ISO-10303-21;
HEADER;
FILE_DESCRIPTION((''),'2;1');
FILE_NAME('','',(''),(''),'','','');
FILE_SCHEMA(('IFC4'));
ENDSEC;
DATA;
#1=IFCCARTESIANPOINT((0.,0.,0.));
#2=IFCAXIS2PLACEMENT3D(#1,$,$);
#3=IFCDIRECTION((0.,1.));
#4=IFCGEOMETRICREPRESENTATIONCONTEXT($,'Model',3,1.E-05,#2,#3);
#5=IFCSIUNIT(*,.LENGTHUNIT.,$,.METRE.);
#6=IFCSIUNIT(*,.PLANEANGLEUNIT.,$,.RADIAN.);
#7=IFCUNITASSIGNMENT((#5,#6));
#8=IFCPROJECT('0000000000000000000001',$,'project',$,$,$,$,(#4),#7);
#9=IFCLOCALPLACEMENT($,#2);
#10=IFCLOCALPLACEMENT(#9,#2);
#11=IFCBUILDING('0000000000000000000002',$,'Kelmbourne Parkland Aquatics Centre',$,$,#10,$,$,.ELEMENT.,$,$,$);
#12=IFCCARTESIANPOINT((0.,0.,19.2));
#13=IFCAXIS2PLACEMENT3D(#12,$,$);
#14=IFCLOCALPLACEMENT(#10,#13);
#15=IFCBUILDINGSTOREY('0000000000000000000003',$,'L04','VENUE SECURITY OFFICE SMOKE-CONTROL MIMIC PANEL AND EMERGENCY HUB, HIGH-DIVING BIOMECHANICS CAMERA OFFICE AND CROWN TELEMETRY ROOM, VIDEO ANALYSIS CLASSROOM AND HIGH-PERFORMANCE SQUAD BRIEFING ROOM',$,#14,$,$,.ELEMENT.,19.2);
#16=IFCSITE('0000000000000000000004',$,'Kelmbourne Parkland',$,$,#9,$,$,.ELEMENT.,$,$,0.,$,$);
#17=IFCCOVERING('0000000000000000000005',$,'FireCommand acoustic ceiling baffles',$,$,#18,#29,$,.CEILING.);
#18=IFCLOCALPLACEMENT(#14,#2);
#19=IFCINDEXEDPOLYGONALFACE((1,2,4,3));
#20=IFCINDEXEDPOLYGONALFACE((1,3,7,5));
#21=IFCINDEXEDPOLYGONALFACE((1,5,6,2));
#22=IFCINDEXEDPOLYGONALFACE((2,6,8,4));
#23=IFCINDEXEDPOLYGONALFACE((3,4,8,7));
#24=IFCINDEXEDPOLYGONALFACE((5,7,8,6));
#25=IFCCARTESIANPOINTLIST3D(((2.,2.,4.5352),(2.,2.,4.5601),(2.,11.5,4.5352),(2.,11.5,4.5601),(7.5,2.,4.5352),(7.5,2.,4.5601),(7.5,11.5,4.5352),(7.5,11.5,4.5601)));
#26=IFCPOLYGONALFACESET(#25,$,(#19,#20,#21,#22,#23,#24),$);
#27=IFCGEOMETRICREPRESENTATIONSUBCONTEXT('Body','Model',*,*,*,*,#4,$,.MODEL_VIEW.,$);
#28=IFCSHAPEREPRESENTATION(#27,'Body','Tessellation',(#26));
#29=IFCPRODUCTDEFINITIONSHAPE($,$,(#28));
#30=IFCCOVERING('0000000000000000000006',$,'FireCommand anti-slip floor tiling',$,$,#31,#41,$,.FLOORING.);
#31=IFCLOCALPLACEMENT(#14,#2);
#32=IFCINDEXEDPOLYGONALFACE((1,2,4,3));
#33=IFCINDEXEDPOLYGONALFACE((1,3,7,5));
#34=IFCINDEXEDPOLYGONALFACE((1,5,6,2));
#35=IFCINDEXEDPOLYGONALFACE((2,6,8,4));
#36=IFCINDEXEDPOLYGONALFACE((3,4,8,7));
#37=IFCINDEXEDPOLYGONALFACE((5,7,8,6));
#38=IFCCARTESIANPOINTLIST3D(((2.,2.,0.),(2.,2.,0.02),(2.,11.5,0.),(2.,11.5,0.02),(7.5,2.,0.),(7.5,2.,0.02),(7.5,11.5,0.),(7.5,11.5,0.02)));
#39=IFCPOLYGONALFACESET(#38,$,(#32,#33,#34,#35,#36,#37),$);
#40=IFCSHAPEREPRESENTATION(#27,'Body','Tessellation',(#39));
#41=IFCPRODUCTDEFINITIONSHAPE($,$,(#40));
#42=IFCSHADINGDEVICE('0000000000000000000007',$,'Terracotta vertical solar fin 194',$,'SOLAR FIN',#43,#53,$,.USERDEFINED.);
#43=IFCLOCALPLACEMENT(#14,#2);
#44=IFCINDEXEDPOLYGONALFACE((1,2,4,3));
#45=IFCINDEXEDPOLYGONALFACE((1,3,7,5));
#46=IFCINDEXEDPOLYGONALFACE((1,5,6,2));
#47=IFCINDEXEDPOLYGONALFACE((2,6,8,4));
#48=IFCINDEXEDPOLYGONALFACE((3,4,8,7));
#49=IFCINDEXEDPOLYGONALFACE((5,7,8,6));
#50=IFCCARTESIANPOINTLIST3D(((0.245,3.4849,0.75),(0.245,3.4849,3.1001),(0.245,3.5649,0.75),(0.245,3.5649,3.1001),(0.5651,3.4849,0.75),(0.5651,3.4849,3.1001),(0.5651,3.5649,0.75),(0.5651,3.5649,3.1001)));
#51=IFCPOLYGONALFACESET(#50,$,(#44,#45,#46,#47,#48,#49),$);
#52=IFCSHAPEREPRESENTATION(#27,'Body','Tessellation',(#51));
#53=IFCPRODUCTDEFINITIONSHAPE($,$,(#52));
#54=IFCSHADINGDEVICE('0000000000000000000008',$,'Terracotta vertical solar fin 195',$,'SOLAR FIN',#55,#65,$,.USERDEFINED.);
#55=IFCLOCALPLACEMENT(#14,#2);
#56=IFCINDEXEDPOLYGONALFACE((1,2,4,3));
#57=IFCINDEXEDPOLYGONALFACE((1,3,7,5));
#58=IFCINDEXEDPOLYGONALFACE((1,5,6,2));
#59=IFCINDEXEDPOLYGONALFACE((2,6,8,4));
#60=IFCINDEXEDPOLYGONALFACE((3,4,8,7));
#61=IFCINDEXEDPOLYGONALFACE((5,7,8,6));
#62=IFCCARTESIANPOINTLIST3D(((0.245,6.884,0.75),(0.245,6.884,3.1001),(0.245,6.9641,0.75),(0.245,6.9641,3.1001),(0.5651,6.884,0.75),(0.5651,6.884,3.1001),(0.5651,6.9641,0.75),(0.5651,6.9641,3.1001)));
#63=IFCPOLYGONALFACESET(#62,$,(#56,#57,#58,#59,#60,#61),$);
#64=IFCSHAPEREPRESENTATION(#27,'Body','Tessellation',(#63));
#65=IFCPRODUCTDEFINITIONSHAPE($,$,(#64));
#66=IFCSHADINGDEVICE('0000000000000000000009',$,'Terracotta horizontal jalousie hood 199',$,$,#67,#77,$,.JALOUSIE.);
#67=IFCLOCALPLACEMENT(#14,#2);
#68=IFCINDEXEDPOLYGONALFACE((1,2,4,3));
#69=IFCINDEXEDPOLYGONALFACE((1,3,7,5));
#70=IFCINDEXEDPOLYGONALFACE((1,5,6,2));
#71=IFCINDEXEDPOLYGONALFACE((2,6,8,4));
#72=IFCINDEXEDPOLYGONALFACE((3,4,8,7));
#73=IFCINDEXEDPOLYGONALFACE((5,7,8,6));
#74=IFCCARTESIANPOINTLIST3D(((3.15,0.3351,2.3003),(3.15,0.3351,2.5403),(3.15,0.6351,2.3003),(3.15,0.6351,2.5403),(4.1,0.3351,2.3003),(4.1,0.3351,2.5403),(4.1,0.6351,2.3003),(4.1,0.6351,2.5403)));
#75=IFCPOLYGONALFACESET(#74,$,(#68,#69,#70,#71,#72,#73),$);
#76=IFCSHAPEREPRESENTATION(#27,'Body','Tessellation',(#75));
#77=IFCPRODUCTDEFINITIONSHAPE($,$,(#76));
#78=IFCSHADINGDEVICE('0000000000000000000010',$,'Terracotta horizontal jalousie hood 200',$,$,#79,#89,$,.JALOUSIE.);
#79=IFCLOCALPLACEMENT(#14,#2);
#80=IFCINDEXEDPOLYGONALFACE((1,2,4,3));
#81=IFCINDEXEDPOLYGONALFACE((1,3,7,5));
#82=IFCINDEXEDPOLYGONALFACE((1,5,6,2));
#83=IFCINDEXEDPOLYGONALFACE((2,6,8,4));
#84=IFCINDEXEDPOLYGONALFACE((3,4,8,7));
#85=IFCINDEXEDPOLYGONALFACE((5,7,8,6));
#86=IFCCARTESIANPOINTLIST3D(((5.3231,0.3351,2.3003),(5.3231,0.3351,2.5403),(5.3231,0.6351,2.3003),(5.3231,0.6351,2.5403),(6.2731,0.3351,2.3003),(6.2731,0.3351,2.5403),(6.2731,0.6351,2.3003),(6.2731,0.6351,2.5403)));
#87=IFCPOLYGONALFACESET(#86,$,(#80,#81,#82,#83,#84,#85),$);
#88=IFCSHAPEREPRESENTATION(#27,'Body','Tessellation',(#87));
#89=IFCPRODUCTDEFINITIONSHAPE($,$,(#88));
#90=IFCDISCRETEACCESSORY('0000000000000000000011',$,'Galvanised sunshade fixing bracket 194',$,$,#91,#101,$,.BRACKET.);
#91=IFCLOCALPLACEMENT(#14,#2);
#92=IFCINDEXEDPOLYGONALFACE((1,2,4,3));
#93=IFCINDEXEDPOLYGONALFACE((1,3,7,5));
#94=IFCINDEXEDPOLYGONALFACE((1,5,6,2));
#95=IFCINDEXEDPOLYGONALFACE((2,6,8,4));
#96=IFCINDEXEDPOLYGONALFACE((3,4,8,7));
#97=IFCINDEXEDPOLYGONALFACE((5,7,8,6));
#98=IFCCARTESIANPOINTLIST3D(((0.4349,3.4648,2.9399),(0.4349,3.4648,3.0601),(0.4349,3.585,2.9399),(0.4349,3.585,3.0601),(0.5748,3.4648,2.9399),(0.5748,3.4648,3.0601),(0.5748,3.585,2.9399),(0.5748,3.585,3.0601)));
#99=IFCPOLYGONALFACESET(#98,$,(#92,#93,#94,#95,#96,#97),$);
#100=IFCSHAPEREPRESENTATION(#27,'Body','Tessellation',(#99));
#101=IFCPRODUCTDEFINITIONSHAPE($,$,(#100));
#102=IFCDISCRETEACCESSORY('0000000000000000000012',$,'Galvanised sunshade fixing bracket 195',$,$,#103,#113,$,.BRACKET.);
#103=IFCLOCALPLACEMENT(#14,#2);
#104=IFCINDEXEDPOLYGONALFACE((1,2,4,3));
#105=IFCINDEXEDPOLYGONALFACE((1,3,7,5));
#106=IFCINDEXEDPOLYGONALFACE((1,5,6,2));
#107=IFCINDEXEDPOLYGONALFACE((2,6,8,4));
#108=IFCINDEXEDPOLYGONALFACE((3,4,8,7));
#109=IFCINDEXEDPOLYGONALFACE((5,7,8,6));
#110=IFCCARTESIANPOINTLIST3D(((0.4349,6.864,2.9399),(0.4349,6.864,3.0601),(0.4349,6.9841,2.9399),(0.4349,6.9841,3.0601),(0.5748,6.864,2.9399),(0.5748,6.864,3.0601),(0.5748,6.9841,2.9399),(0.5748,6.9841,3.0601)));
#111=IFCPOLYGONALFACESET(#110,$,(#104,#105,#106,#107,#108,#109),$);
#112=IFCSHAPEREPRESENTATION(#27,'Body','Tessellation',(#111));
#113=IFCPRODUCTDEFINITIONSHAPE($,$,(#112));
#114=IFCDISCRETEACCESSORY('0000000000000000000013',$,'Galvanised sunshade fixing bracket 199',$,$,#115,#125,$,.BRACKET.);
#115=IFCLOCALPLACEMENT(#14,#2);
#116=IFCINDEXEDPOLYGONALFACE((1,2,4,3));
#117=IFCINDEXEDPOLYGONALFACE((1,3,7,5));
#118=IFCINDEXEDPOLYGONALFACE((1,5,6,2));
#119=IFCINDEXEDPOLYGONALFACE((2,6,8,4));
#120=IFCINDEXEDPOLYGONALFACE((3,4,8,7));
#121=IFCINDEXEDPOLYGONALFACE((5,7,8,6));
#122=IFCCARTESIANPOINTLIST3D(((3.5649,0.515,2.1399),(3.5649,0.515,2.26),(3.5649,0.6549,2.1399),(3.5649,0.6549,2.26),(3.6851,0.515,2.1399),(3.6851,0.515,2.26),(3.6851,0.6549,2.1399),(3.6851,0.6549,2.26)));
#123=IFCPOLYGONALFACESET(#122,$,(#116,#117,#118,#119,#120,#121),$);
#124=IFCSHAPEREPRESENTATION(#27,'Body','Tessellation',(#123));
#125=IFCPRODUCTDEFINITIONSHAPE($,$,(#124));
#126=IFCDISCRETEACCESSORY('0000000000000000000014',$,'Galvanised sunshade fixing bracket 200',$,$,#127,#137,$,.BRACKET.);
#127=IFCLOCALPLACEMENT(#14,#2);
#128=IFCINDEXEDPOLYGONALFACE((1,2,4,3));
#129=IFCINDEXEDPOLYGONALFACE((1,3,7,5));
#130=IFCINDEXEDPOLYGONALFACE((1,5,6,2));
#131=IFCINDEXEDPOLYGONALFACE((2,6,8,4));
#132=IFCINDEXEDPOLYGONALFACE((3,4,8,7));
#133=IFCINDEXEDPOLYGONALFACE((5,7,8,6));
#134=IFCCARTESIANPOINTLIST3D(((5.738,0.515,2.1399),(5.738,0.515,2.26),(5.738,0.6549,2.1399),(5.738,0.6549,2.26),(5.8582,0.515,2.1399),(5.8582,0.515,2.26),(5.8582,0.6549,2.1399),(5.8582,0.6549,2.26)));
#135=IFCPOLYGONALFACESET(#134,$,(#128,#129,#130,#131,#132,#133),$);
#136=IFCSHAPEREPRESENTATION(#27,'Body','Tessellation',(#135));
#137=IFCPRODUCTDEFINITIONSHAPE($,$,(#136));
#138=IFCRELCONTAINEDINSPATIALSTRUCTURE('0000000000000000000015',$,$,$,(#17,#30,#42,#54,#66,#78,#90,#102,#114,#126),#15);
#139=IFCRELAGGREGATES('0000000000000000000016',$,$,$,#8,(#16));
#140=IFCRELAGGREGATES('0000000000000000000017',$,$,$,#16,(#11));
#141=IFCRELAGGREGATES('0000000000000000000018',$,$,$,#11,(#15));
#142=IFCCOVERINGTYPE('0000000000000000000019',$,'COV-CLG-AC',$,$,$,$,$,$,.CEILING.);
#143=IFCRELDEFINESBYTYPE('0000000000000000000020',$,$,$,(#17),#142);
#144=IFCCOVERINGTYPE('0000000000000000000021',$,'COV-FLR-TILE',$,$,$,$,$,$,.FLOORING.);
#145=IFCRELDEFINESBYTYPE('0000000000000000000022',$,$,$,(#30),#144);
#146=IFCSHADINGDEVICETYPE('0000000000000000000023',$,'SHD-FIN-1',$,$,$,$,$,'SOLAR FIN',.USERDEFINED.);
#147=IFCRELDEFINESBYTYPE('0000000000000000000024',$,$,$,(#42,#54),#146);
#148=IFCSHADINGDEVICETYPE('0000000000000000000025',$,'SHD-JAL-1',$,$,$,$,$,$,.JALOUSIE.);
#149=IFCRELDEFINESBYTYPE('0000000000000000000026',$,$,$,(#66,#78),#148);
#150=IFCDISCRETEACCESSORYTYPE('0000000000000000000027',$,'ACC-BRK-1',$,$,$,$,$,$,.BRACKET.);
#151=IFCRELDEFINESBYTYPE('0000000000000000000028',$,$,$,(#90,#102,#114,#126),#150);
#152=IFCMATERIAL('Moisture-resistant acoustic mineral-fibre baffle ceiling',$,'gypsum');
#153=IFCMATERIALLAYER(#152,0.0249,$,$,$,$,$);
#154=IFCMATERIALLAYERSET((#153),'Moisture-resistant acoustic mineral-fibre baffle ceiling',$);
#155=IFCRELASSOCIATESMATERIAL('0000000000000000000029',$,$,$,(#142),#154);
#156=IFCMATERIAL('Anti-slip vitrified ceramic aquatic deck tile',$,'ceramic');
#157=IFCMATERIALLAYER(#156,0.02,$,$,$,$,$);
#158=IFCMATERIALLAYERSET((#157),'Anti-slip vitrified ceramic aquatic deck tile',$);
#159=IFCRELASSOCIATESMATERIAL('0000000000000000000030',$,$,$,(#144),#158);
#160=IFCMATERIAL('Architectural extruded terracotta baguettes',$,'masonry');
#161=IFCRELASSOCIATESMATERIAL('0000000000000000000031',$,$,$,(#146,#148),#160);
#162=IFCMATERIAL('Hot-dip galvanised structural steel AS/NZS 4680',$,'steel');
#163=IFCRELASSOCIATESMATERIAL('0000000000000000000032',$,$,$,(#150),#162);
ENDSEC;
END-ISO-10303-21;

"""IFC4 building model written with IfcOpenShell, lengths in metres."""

from ifc_helpers import new_model, si_unit, direction, frame, origin, origin_2d, place, context, subcontext, project, spatial, polyline, rectangle, outline, extrude, material, layer, layer_set, type_object, element, save


model = new_model("IFC4")

# Units and contexts
model_context = context("Model", 3, precision=1e-05, world=origin(), true_north=direction((0.0, 1.0)))
body_context = subcontext(model_context, "Body", "Model", "MODEL_VIEW")
ifc_project = project(units=[si_unit("LENGTHUNIT", "METRE"), si_unit("PLANEANGLEUNIT", "RADIAN")], contexts=[model_context])

# Site, building, storey
site_placement = place(None, origin())
site = spatial("IfcSite", under=ifc_project, at=site_placement, Name="Kelmbourne Parkland", CompositionType="ELEMENT", RefElevation=0.0)
building_placement = place(site_placement, origin())
building = spatial("IfcBuilding", under=site, at=building_placement, Name="Kelmbourne Parkland Aquatics Centre", CompositionType="ELEMENT")
storey_placement = place(building_placement, frame((0.0, 0.0, 19.2)))
storey = spatial("IfcBuildingStorey", under=building, at=storey_placement, Name="L04", Description="VENUE SECURITY OFFICE SMOKE-CONTROL MIMIC PANEL AND EMERGENCY HUB, HIGH-DIVING BIOMECHANICS CAMERA OFFICE AND CROWN TELEMETRY ROOM, VIDEO ANALYSIS CLASSROOM AND HIGH-PERFORMANCE SQUAD BRIEFING ROOM", CompositionType="ELEMENT", Elevation=19.2)

# Coverings
ifc_material_1 = material(Name="Moisture-resistant acoustic mineral-fibre baffle ceiling", Category="gypsum")
ifc_layer_1 = layer(ifc_material_1, 0.0249)
ifc_layer_set_1 = layer_set([ifc_layer_1], Name="Moisture-resistant acoustic mineral-fibre baffle ceiling")
covering_type_1 = type_object("IfcCoveringType", Name="COV-CLG-AC", PredefinedType="CEILING", material=ifc_layer_set_1)
covering_1_placement = place(storey_placement, frame((0.0, 0.0, 4.5352)))
element("IfcCovering", 1, at=covering_1_placement, inside=storey, type_object=covering_type_1, Name="FireCommand acoustic ceiling baffles", PredefinedType="CEILING", context=body_context, shape_type="SweptSolid", body=[
    extrude(outline(polyline([(2.0, 2.0), (7.5, 2.0), (7.5, 11.5), (2.0, 11.5), (2.0, 2.0)])), origin(), (0.0, 0.0, 1.0), 0.0249),
])
ifc_material_2 = material(Name="Anti-slip vitrified ceramic aquatic deck tile", Category="ceramic")
ifc_layer_2 = layer(ifc_material_2, 0.02)
ifc_layer_set_2 = layer_set([ifc_layer_2], Name="Anti-slip vitrified ceramic aquatic deck tile")
covering_type_2 = type_object("IfcCoveringType", Name="COV-FLR-TILE", PredefinedType="FLOORING", material=ifc_layer_set_2)
covering_2_placement = place(storey_placement, origin())
element("IfcCovering", 2, at=covering_2_placement, inside=storey, type_object=covering_type_2, Name="FireCommand anti-slip floor tiling", PredefinedType="FLOORING", context=body_context, shape_type="SweptSolid", body=[
    extrude(outline(polyline([(2.0, 2.0), (7.5, 2.0), (7.5, 11.5), (2.0, 11.5), (2.0, 2.0)])), origin(), (0.0, 0.0, 1.0), 0.02),
])

# Shading devices
ifc_material_3 = material(Name="Architectural extruded terracotta baguettes", Category="masonry")
shading_device_type_1 = type_object("IfcShadingDeviceType", Name="SHD-FIN-1", ElementType="SOLAR FIN", PredefinedType="USERDEFINED", material=ifc_material_3)
for number, where, z_axis, x_axis, name in (
    (3, (0.405, 3.5249, 0.75), (0.0, 0.0, 1.0), (0.0, 1.0, 0.0), "Terracotta vertical solar fin 194"),
    (4, (0.405, 6.9241, 0.75), (0.0, 0.0, 1.0), (0.0, 1.0, 0.0), "Terracotta vertical solar fin 195"),
):
    element("IfcShadingDevice", number, at=place(storey_placement, frame(where, z_axis=z_axis, x_axis=x_axis)), inside=storey, type_object=shading_device_type_1, Name=name, ObjectType="SOLAR FIN", PredefinedType="USERDEFINED", context=body_context, shape_type="SweptSolid", body=[
        extrude(rectangle(XDim=0.0801, YDim=0.3201, at=origin_2d()), origin(), (0.0, 0.0, 1.0), 2.3501),
    ])
shading_device_type_2 = type_object("IfcShadingDeviceType", Name="SHD-JAL-1", PredefinedType="JALOUSIE", material=ifc_material_3)
for number, where, z_axis, x_axis, name in (
    (5, (3.625, 0.4851, 2.3003), (0.0, 0.0, 1.0), (1.0, 0.0, 0.0), "Terracotta horizontal jalousie hood 199"),
    (6, (5.7981, 0.4851, 2.3003), (0.0, 0.0, 1.0), (1.0, 0.0, 0.0), "Terracotta horizontal jalousie hood 200"),
):
    element("IfcShadingDevice", number, at=place(storey_placement, frame(where, z_axis=z_axis, x_axis=x_axis)), inside=storey, type_object=shading_device_type_2, Name=name, PredefinedType="JALOUSIE", context=body_context, shape_type="SweptSolid", body=[
        extrude(rectangle(XDim=0.95, YDim=0.3, at=origin_2d()), origin(), (0.0, 0.0, 1.0), 0.24),
    ])

# Discrete accessories
ifc_material_4 = material(Name="Hot-dip galvanised structural steel AS/NZS 4680", Category="steel")
discrete_accessory_type = type_object("IfcDiscreteAccessoryType", Name="ACC-BRK-1", PredefinedType="BRACKET", material=ifc_material_4)
for number, where, z_axis, x_axis, name in (
    (7, (0.5049, 3.5249, 2.9399), (0.0, 0.0, 1.0), (0.0, 1.0, 0.0), "Galvanised sunshade fixing bracket 194"),
    (8, (0.5049, 6.9241, 2.9399), (0.0, 0.0, 1.0), (0.0, 1.0, 0.0), "Galvanised sunshade fixing bracket 195"),
    (9, (3.625, 0.585, 2.1399), (0.0, 0.0, 1.0), (1.0, 0.0, 0.0), "Galvanised sunshade fixing bracket 199"),
    (10, (5.7981, 0.585, 2.1399), (0.0, 0.0, 1.0), (1.0, 0.0, 0.0), "Galvanised sunshade fixing bracket 200"),
):
    element("IfcDiscreteAccessory", number, at=place(storey_placement, frame(where, z_axis=z_axis, x_axis=x_axis)), inside=storey, type_object=discrete_accessory_type, Name=name, PredefinedType="BRACKET", context=body_context, shape_type="SweptSolid", body=[
        extrude(rectangle(XDim=0.1201, YDim=0.1399, at=origin_2d()), origin(), (0.0, 0.0, 1.0), 0.1201),
    ])

save(model, "model.ifc")
